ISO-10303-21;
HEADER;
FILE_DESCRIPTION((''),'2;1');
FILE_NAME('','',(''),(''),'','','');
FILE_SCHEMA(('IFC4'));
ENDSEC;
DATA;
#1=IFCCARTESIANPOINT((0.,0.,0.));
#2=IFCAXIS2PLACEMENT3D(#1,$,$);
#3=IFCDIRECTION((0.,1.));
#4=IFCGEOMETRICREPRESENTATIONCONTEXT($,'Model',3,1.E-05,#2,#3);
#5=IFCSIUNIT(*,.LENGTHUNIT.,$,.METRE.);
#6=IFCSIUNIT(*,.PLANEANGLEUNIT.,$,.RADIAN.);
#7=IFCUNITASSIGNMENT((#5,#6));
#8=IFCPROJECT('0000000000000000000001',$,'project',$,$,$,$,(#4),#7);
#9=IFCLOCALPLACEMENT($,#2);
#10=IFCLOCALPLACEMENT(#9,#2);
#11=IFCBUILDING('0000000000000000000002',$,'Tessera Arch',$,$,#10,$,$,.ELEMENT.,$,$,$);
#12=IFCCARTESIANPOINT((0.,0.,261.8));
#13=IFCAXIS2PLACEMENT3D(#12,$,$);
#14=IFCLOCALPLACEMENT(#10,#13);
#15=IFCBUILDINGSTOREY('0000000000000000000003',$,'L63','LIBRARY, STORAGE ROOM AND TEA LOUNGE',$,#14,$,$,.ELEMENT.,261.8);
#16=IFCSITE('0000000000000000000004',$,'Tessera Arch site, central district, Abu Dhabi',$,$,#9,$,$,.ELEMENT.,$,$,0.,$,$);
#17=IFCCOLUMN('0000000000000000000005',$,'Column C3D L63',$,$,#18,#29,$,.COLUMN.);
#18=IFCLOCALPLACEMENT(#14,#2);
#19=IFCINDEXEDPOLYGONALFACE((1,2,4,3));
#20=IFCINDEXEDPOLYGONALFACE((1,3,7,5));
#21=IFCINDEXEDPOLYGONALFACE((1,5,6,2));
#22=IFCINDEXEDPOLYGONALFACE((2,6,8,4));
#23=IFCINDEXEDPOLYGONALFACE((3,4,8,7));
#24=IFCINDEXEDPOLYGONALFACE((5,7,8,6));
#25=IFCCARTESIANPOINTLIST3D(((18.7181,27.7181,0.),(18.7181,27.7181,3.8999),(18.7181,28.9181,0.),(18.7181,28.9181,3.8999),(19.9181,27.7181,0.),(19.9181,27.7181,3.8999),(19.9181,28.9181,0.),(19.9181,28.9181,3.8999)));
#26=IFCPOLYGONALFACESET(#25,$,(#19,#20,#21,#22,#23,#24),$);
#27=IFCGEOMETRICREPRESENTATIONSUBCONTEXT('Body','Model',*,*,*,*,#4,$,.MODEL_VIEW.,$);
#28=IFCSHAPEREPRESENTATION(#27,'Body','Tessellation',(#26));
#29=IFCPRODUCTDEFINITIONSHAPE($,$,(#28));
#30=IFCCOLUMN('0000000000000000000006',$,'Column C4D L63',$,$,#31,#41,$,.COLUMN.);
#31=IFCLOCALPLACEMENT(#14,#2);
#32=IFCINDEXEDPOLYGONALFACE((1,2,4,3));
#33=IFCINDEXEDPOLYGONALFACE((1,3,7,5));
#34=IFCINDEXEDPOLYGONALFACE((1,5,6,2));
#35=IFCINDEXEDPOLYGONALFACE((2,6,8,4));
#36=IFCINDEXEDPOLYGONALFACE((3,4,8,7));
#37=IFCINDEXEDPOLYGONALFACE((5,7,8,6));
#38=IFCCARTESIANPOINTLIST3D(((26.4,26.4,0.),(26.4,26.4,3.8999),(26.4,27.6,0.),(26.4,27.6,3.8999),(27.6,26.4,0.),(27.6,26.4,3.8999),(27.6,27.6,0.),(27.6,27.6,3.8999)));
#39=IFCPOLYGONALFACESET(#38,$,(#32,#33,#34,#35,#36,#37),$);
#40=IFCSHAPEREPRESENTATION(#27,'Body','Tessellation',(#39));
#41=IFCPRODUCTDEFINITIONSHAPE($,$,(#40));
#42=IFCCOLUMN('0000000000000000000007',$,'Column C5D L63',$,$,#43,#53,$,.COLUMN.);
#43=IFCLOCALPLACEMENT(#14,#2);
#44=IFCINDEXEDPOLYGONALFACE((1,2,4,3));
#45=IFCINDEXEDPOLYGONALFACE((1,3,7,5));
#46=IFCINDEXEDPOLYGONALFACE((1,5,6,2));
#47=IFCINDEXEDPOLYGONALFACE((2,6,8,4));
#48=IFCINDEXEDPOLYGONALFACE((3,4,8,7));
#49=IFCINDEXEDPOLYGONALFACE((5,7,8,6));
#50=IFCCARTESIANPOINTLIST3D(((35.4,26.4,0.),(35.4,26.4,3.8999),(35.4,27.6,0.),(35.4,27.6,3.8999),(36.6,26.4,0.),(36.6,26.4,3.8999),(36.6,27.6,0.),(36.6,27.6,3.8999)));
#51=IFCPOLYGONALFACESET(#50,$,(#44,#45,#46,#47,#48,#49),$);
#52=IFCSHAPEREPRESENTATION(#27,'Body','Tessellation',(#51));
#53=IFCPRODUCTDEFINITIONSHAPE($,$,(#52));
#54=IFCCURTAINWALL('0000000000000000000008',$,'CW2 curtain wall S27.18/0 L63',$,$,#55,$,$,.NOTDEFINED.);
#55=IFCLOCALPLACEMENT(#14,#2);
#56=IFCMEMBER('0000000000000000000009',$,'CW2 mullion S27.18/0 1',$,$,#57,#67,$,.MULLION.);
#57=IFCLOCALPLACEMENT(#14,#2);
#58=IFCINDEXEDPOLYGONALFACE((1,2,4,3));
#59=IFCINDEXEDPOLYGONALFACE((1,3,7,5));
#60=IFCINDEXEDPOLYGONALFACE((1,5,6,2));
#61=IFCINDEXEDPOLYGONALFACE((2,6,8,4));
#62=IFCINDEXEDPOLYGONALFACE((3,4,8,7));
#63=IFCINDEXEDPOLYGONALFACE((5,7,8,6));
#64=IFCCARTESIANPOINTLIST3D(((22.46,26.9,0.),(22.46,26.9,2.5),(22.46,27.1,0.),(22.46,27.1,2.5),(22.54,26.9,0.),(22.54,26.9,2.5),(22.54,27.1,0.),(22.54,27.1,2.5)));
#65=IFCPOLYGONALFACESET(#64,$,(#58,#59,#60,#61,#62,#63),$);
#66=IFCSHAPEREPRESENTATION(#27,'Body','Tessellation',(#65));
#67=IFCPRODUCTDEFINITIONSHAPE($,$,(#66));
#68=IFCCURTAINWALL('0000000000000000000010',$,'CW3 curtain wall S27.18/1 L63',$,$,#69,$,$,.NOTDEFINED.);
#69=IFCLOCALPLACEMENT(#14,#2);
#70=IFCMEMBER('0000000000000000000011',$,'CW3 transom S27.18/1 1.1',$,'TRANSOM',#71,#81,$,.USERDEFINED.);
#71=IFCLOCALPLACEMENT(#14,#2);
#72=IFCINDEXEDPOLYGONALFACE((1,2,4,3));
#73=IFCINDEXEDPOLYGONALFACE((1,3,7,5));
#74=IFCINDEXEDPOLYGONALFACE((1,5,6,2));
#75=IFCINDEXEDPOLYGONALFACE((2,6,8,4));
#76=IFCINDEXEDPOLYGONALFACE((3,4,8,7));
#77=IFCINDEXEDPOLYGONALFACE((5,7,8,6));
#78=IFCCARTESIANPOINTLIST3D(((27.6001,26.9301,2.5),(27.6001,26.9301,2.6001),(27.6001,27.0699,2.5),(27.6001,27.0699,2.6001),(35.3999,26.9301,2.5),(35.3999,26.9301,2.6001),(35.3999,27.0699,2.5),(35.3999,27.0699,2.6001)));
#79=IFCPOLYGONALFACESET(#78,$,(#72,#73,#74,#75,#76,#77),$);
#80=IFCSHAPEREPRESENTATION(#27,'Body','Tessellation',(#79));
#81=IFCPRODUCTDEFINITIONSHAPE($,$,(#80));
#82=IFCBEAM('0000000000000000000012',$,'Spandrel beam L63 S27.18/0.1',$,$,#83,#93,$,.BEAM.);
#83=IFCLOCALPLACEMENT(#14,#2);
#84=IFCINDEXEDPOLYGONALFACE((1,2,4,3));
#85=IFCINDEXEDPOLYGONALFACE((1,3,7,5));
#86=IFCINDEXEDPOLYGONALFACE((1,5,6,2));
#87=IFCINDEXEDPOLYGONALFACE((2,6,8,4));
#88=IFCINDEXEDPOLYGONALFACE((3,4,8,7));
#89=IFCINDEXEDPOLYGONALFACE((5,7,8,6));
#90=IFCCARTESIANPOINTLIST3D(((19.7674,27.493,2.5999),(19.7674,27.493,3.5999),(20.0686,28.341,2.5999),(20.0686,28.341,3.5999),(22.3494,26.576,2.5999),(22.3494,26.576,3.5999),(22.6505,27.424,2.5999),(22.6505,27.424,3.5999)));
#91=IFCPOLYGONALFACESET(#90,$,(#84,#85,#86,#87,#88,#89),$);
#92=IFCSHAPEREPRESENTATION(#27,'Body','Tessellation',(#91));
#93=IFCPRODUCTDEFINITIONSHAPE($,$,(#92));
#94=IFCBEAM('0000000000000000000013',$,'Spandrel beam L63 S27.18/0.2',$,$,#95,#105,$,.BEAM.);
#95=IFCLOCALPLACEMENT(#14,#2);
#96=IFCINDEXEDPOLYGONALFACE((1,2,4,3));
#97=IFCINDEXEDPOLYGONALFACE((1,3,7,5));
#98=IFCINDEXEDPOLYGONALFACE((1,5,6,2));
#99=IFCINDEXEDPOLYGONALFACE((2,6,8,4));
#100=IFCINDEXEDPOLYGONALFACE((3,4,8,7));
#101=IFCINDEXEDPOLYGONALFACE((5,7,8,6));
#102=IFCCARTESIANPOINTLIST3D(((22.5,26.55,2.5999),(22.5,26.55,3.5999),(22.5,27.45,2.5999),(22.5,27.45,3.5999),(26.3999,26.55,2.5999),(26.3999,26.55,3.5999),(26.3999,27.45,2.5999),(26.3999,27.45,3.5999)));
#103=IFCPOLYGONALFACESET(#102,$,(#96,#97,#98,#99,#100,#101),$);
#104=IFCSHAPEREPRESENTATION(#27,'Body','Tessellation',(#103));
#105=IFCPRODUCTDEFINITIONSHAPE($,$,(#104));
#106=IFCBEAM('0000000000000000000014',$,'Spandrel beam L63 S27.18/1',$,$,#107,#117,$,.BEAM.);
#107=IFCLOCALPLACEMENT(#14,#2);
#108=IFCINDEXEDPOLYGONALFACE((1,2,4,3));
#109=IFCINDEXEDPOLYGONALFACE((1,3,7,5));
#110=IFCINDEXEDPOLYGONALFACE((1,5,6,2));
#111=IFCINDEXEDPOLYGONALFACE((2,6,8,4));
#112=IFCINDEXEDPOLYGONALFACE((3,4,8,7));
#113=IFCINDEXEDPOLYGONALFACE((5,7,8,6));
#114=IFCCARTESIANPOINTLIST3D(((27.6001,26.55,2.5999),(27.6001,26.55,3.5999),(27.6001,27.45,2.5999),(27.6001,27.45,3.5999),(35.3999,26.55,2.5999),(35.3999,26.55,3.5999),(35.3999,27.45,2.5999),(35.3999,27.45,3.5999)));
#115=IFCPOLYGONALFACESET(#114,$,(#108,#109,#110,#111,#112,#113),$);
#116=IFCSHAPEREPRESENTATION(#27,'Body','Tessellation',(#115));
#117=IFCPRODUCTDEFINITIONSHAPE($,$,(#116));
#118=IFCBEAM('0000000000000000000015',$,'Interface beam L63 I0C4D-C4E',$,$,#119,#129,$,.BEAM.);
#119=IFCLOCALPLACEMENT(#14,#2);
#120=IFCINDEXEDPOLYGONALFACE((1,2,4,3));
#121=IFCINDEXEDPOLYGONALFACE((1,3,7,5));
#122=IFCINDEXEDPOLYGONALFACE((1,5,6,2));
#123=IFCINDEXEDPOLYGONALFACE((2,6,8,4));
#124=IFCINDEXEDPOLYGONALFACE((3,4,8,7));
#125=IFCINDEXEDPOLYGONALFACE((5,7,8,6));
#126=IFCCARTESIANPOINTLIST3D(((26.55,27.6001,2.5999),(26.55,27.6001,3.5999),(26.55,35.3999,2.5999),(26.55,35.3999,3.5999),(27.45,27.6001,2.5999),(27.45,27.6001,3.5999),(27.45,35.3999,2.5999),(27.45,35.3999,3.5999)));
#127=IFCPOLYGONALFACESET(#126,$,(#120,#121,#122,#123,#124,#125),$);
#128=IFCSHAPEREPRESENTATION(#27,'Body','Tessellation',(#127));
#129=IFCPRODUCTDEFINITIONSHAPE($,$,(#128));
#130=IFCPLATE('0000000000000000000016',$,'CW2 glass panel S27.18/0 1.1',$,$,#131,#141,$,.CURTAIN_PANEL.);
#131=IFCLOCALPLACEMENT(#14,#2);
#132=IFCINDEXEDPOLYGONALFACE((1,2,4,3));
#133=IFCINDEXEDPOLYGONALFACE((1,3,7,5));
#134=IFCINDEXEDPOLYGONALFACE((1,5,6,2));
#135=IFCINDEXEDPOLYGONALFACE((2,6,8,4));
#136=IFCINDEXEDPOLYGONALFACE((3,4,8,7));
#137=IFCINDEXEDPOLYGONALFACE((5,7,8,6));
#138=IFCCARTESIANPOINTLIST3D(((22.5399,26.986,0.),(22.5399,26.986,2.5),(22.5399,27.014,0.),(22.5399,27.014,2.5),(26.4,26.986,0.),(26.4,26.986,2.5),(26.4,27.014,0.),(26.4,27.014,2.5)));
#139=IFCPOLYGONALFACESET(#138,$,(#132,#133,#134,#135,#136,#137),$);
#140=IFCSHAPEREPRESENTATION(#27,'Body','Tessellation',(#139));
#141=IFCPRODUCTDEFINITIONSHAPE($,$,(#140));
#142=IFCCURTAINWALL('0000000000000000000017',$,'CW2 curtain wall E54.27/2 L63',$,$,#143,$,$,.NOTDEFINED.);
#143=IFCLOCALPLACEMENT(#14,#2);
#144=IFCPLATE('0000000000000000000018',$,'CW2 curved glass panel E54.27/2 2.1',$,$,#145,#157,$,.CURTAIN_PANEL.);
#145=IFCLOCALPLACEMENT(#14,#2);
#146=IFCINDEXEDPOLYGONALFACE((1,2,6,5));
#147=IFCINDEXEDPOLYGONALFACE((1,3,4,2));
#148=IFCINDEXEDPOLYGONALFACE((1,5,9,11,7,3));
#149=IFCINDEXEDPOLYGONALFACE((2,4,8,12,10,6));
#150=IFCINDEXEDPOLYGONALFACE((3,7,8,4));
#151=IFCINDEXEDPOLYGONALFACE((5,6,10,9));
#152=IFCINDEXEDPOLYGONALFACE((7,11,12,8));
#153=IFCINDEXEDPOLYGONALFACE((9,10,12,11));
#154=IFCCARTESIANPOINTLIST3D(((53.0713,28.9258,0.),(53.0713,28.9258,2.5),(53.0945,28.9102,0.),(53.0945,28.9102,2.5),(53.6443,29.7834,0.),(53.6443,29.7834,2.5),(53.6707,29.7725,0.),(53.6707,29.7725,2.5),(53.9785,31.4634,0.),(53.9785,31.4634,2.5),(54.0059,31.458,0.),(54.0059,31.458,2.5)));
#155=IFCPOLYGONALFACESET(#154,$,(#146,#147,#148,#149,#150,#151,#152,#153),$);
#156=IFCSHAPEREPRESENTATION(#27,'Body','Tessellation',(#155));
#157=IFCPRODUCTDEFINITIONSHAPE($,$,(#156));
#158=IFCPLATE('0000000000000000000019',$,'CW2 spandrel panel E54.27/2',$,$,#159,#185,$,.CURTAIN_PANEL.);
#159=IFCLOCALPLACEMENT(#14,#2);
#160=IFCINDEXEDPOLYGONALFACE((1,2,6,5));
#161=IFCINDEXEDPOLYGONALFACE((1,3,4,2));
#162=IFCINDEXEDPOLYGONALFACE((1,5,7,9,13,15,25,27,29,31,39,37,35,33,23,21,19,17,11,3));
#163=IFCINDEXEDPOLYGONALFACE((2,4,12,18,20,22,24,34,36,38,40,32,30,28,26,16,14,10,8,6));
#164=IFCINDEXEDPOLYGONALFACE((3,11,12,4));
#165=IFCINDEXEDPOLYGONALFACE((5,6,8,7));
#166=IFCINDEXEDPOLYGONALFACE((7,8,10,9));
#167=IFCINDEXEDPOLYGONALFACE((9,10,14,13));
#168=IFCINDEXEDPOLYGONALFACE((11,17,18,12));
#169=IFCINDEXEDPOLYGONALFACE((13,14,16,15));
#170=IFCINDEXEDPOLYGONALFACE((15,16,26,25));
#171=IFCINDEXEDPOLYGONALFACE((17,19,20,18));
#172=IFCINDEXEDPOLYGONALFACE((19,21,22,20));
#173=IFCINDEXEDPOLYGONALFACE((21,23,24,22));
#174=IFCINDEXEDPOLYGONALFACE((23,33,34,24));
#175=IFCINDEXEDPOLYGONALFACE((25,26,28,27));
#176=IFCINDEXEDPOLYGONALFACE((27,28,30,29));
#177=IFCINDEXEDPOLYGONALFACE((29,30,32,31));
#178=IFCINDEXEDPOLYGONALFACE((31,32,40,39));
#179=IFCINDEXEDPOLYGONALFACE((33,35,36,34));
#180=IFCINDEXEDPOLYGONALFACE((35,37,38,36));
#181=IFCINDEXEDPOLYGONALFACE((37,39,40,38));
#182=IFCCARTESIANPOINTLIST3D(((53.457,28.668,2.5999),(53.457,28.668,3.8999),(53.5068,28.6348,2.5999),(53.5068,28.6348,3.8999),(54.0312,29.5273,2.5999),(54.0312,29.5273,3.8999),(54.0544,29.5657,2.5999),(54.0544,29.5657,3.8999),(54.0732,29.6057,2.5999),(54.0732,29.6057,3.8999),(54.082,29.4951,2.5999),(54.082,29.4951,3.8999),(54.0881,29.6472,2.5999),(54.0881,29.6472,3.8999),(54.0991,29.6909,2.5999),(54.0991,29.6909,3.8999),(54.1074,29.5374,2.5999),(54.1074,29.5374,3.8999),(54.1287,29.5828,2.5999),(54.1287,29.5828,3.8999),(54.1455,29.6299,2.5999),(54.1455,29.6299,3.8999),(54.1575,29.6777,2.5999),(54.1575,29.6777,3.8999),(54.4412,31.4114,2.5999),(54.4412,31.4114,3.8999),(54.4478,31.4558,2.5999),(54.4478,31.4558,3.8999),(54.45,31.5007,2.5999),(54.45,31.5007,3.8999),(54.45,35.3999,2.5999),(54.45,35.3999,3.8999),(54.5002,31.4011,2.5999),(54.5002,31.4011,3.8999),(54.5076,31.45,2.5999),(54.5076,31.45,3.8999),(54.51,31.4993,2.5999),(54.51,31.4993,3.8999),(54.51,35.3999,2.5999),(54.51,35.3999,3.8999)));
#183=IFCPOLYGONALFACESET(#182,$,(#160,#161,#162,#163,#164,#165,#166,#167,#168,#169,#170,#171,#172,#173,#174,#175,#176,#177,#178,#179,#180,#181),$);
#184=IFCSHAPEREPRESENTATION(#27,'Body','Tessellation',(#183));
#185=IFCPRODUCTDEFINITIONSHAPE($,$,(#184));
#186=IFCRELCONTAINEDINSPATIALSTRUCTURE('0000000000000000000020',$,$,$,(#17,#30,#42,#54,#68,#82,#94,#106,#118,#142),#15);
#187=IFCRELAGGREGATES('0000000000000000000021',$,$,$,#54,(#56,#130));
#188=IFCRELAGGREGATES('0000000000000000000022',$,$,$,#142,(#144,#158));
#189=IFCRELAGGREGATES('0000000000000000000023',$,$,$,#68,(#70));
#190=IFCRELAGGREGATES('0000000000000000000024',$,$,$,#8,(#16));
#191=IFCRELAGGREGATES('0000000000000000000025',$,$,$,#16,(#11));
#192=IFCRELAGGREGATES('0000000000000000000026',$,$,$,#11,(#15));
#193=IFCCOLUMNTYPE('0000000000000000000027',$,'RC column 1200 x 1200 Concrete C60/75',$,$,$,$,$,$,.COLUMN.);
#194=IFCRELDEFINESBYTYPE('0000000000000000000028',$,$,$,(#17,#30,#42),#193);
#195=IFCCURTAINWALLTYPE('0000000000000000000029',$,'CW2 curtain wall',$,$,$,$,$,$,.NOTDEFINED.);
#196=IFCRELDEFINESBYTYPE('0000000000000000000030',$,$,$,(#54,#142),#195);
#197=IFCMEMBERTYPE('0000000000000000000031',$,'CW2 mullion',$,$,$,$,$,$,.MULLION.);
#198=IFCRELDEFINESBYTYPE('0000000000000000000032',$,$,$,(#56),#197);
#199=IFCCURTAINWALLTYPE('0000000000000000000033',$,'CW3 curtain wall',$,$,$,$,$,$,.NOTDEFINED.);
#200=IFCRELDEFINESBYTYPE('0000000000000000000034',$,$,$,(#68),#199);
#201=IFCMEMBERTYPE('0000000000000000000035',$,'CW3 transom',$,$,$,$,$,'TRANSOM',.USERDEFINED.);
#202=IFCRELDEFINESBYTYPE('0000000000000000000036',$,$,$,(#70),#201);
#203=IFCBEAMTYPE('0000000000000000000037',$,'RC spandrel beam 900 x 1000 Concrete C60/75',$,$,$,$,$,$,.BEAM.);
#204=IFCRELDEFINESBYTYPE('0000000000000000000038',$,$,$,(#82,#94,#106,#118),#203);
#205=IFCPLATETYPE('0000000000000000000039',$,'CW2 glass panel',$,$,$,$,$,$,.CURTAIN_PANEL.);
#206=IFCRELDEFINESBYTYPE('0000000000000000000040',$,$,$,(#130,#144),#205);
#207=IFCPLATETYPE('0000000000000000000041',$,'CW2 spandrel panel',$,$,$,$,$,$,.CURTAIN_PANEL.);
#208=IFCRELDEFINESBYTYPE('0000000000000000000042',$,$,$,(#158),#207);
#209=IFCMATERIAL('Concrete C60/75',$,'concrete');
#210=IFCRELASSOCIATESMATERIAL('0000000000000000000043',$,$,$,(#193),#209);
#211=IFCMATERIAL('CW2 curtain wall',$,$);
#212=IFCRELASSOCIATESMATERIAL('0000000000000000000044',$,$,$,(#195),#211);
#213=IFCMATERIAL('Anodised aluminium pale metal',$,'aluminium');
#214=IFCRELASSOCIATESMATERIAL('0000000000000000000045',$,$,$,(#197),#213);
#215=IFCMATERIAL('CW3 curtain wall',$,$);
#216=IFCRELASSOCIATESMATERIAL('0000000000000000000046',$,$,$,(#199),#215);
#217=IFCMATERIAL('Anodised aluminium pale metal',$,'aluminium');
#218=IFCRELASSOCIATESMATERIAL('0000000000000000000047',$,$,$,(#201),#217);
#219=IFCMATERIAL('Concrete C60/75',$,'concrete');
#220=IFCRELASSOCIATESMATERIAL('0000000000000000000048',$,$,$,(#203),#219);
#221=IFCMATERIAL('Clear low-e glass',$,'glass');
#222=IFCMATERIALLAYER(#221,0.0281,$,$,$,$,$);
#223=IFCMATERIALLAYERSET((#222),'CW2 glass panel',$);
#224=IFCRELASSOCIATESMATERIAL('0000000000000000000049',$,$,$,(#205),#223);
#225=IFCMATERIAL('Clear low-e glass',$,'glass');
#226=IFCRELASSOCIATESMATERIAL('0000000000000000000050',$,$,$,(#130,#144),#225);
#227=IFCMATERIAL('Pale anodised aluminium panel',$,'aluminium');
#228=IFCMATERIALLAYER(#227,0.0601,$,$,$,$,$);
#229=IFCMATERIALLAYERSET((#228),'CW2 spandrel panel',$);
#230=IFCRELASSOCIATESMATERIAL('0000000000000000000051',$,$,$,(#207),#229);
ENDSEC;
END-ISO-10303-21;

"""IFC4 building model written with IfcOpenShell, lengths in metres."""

from ifc_helpers import new_model, si_unit, direction, frame, origin, origin_2d, place, context, subcontext, project, spatial, polyline, rectangle, outline, extrude, material, layer, layer_set, material_profile, profile_set, type_object, element, aggregate, save


model = new_model("IFC4")

# Units and contexts
model_context = context("Model", 3, precision=1e-05, world=origin(), true_north=direction((0.0, 1.0)))
body_context = subcontext(model_context, "Body", "Model", "MODEL_VIEW")
ifc_project = project(units=[si_unit("LENGTHUNIT", "METRE"), si_unit("PLANEANGLEUNIT", "RADIAN")], contexts=[model_context])

# Site, building, storey
site_placement = place(None, origin())
site = spatial("IfcSite", under=ifc_project, at=site_placement, Name="Tessera Arch site, central district, Abu Dhabi", CompositionType="ELEMENT", RefElevation=0.0)
building_placement = place(site_placement, origin())
building = spatial("IfcBuilding", under=site, at=building_placement, Name="Tessera Arch", CompositionType="ELEMENT")
storey_placement = place(building_placement, frame((0.0, 0.0, 261.8)))
storey = spatial("IfcBuildingStorey", under=building, at=storey_placement, Name="L63", Description="LIBRARY, STORAGE ROOM AND TEA LOUNGE", CompositionType="ELEMENT", Elevation=261.8)

# Columns
ifc_material_1 = material(Name="Concrete C60/75", Category="concrete")
ifc_material_profile_1 = material_profile(ifc_material_1, rectangle(XDim=1.2, YDim=1.2, at=origin_2d()), Name="RC column 1200 x 1200 Concrete C60/75")
ifc_profile_set_1 = profile_set([ifc_material_profile_1], Name="Concrete C60/75")
column_type = type_object("IfcColumnType", Name="RC column 1200 x 1200 Concrete C60/75", PredefinedType="COLUMN", material=ifc_profile_set_1)
for number, where, z_axis, x_axis, name in (
    (1, (19.3181, 28.3181, 0.0), (0.0, 0.0, 1.0), (1.0, 0.0, 0.0), "Column C3D L63"),
    (2, (27.0, 27.0, 0.0), (0.0, 0.0, 1.0), (1.0, 0.0, 0.0), "Column C4D L63"),
    (3, (36.0, 27.0, 0.0), (0.0, 0.0, 1.0), (1.0, 0.0, 0.0), "Column C5D L63"),
):
    element("IfcColumn", number, at=place(storey_placement, frame(where, z_axis=z_axis, x_axis=x_axis)), inside=storey, type_object=column_type, Name=name, PredefinedType="COLUMN", context=body_context, shape_type="SweptSolid", body=[
        extrude(rectangle(XDim=1.2, YDim=1.2, at=origin_2d()), origin(), (0.0, 0.0, 1.0), 3.8999),
    ])

# Curtain walls, members
ifc_material_2 = material(Name="CW2 curtain wall")
curtain_wall_type_1 = type_object("IfcCurtainWallType", Name="CW2 curtain wall", PredefinedType="NOTDEFINED", material=ifc_material_2)
curtain_wall_1_placement = place(storey_placement, origin())
curtain_wall_1 = element("IfcCurtainWall", 4, at=curtain_wall_1_placement, inside=storey, type_object=curtain_wall_type_1, Name="CW2 curtain wall S27.18/0 L63", PredefinedType="NOTDEFINED")
ifc_material_3 = material(Name="Anodised aluminium pale metal", Category="aluminium")
ifc_material_profile_2 = material_profile(ifc_material_3, rectangle(XDim=0.2, YDim=0.0801, at=origin_2d()), Name="AL 80x200")
ifc_profile_set_2 = profile_set([ifc_material_profile_2], Name="Anodised aluminium pale metal")
member_type_1 = type_object("IfcMemberType", Name="CW2 mullion", PredefinedType="MULLION", material=ifc_profile_set_2)
member_1_placement = place(storey_placement, frame((22.5, 27.0, 0.0), z_axis=(0.0, 0.0, 1.0), x_axis=(0.0, 1.0, 0.0)))
member_1 = element("IfcMember", 5, at=member_1_placement, type_object=member_type_1, Name="CW2 mullion S27.18/0 1", PredefinedType="MULLION", context=body_context, shape_type="SweptSolid", body=[
    extrude(rectangle(XDim=0.2, YDim=0.0801, at=origin_2d()), origin(), (0.0, 0.0, 1.0), 2.5),
])
ifc_material_4 = material(Name="CW3 curtain wall")
curtain_wall_type_2 = type_object("IfcCurtainWallType", Name="CW3 curtain wall", PredefinedType="NOTDEFINED", material=ifc_material_4)
curtain_wall_2_placement = place(storey_placement, origin())
curtain_wall_2 = element("IfcCurtainWall", 6, at=curtain_wall_2_placement, inside=storey, type_object=curtain_wall_type_2, Name="CW3 curtain wall S27.18/1 L63", PredefinedType="NOTDEFINED")
ifc_material_5 = material(Name="Anodised aluminium pale metal", Category="aluminium")
ifc_material_profile_3 = material_profile(ifc_material_5, rectangle(XDim=0.1399, YDim=0.1001, at=origin_2d()), Name="AL 140x100")
ifc_profile_set_3 = profile_set([ifc_material_profile_3], Name="Anodised aluminium pale metal")
member_type_2 = type_object("IfcMemberType", Name="CW3 transom", ElementType="TRANSOM", PredefinedType="USERDEFINED", material=ifc_profile_set_3)
member_2_placement = place(storey_placement, frame((27.6001, 27.0, 2.55), z_axis=(1.0, 0.0, 0.0), x_axis=(0.0, 1.0, 0.0)))
member_2 = element("IfcMember", 7, at=member_2_placement, type_object=member_type_2, Name="CW3 transom S27.18/1 1.1", ObjectType="TRANSOM", PredefinedType="USERDEFINED", context=body_context, shape_type="SweptSolid", body=[
    extrude(rectangle(XDim=0.1399, YDim=0.1001, at=origin_2d()), origin(), (0.0, 0.0, 1.0), 7.7998),
])

# Beams
ifc_material_6 = material(Name="Concrete C60/75", Category="concrete")
ifc_material_profile_4 = material_profile(ifc_material_6, rectangle(XDim=0.8999, YDim=1.0, at=origin_2d()), Name="RC spandrel beam 900 x 1000 Concrete C60/75")
ifc_profile_set_4 = profile_set([ifc_material_profile_4], Name="Concrete C60/75")
beam_type = type_object("IfcBeamType", Name="RC spandrel beam 900 x 1000 Concrete C60/75", PredefinedType="BEAM", material=ifc_profile_set_4)
beam_1_placement = place(storey_placement, frame((19.918, 27.917, 3.0999), z_axis=(0.942337, -0.334665, 0.0), x_axis=(0.334665, 0.942337, 0.0)))
element("IfcBeam", 8, at=beam_1_placement, inside=storey, type_object=beam_type, Name="Spandrel beam L63 S27.18/0.1", PredefinedType="BEAM", context=body_context, shape_type="SweptSolid", body=[
    extrude(rectangle(XDim=0.8999, YDim=1.0, at=origin_2d()), origin(), (0.0, 0.0, 1.0), 2.74),
])
beam_2_placement = place(storey_placement, frame((22.5, 27.0, 3.0999), z_axis=(1.0, 0.0, 0.0), x_axis=(0.0, 1.0, 0.0)))
element("IfcBeam", 9, at=beam_2_placement, inside=storey, type_object=beam_type, Name="Spandrel beam L63 S27.18/0.2", PredefinedType="BEAM", context=body_context, shape_type="SweptSolid", body=[
    extrude(rectangle(XDim=0.8999, YDim=1.0, at=origin_2d()), origin(), (0.0, 0.0, 1.0), 3.8999),
])
for number, where, z_axis, x_axis, name in (
    (10, (27.6001, 27.0, 3.0999), (1.0, 0.0, 0.0), (0.0, 1.0, 0.0), "Spandrel beam L63 S27.18/1"),
    (11, (27.0, 27.6001, 3.0999), (0.0, 1.0, 0.0), (-1.0, 0.0, 0.0), "Interface beam L63 I0C4D-C4E"),
):
    element("IfcBeam", number, at=place(storey_placement, frame(where, z_axis=z_axis, x_axis=x_axis)), inside=storey, type_object=beam_type, Name=name, PredefinedType="BEAM", context=body_context, shape_type="SweptSolid", body=[
        extrude(rectangle(XDim=0.8999, YDim=1.0, at=origin_2d()), origin(), (0.0, 0.0, 1.0), 7.7998),
    ])

# Plate
ifc_material_7 = material(Name="Clear low-e glass", Category="glass")
ifc_material_8 = material(Name="Clear low-e glass", Category="glass")
ifc_layer_1 = layer(ifc_material_8, 0.0281)
ifc_layer_set_1 = layer_set([ifc_layer_1], Name="CW2 glass panel")
plate_type_1 = type_object("IfcPlateType", Name="CW2 glass panel", PredefinedType="CURTAIN_PANEL", material=ifc_layer_set_1)
plate_1_placement = place(storey_placement, frame((24.47, 27.0, 0.0), z_axis=(0.0, 0.0, 1.0), x_axis=(1.0, 0.0, 0.0)))
plate_1 = element("IfcPlate", 12, at=plate_1_placement, type_object=plate_type_1, material=ifc_material_7, Name="CW2 glass panel S27.18/0 1.1", PredefinedType="CURTAIN_PANEL", context=body_context, shape_type="SweptSolid", body=[
    extrude(rectangle(XDim=3.8601, YDim=0.0281, at=origin_2d()), origin(), (0.0, 0.0, 1.0), 2.5),
])
aggregate(curtain_wall_1, [member_1, plate_1])

# Curtain wall, plates
curtain_wall_3_placement = place(storey_placement, origin())
curtain_wall_3 = element("IfcCurtainWall", 13, at=curtain_wall_3_placement, inside=storey, type_object=curtain_wall_type_1, Name="CW2 curtain wall E54.27/2 L63", PredefinedType="NOTDEFINED")
plate_2_placement = place(storey_placement, origin())
plate_2 = element("IfcPlate", 14, at=plate_2_placement, type_object=plate_type_1, material=ifc_material_7, Name="CW2 curved glass panel E54.27/2 2.1", PredefinedType="CURTAIN_PANEL", context=body_context, shape_type="SweptSolid", body=[
    extrude(outline(polyline([(53.6443, 29.7834), (53.0713, 28.9258), (53.0945, 28.9102), (53.6707, 29.7725), (54.0059, 31.458), (53.9785, 31.4634), (53.6443, 29.7834)])), origin(), (0.0, 0.0, 1.0), 2.5),
])
ifc_material_9 = material(Name="Pale anodised aluminium panel", Category="aluminium")
ifc_layer_2 = layer(ifc_material_9, 0.0601)
ifc_layer_set_2 = layer_set([ifc_layer_2], Name="CW2 spandrel panel")
plate_type_2 = type_object("IfcPlateType", Name="CW2 spandrel panel", PredefinedType="CURTAIN_PANEL", material=ifc_layer_set_2)
plate_3_placement = place(storey_placement, frame((0.0, 0.0, 2.5999)))
plate_3 = element("IfcPlate", 15, at=plate_3_placement, type_object=plate_type_2, Name="CW2 spandrel panel E54.27/2", PredefinedType="CURTAIN_PANEL", context=body_context, shape_type="SweptSolid", body=[
    extrude(outline(polyline([(54.0312, 29.5273), (53.457, 28.668), (53.5068, 28.6348), (54.082, 29.4951), (54.1074, 29.5374), (54.1287, 29.5828), (54.1455, 29.6299), (54.1575, 29.6777), (54.5002, 31.4011), (54.5076, 31.45), (54.51, 31.4993), (54.51, 35.3999), (54.45, 35.3999), (54.45, 31.5007), (54.4478, 31.4558), (54.4412, 31.4114), (54.0991, 29.6909), (54.0881, 29.6472), (54.0732, 29.6057), (54.0544, 29.5657), (54.0312, 29.5273)])), origin(), (0.0, 0.0, 1.0), 1.3),
])
aggregate(curtain_wall_3, [plate_2, plate_3])

aggregate(curtain_wall_2, [member_2])

save(model, "model.ifc")
